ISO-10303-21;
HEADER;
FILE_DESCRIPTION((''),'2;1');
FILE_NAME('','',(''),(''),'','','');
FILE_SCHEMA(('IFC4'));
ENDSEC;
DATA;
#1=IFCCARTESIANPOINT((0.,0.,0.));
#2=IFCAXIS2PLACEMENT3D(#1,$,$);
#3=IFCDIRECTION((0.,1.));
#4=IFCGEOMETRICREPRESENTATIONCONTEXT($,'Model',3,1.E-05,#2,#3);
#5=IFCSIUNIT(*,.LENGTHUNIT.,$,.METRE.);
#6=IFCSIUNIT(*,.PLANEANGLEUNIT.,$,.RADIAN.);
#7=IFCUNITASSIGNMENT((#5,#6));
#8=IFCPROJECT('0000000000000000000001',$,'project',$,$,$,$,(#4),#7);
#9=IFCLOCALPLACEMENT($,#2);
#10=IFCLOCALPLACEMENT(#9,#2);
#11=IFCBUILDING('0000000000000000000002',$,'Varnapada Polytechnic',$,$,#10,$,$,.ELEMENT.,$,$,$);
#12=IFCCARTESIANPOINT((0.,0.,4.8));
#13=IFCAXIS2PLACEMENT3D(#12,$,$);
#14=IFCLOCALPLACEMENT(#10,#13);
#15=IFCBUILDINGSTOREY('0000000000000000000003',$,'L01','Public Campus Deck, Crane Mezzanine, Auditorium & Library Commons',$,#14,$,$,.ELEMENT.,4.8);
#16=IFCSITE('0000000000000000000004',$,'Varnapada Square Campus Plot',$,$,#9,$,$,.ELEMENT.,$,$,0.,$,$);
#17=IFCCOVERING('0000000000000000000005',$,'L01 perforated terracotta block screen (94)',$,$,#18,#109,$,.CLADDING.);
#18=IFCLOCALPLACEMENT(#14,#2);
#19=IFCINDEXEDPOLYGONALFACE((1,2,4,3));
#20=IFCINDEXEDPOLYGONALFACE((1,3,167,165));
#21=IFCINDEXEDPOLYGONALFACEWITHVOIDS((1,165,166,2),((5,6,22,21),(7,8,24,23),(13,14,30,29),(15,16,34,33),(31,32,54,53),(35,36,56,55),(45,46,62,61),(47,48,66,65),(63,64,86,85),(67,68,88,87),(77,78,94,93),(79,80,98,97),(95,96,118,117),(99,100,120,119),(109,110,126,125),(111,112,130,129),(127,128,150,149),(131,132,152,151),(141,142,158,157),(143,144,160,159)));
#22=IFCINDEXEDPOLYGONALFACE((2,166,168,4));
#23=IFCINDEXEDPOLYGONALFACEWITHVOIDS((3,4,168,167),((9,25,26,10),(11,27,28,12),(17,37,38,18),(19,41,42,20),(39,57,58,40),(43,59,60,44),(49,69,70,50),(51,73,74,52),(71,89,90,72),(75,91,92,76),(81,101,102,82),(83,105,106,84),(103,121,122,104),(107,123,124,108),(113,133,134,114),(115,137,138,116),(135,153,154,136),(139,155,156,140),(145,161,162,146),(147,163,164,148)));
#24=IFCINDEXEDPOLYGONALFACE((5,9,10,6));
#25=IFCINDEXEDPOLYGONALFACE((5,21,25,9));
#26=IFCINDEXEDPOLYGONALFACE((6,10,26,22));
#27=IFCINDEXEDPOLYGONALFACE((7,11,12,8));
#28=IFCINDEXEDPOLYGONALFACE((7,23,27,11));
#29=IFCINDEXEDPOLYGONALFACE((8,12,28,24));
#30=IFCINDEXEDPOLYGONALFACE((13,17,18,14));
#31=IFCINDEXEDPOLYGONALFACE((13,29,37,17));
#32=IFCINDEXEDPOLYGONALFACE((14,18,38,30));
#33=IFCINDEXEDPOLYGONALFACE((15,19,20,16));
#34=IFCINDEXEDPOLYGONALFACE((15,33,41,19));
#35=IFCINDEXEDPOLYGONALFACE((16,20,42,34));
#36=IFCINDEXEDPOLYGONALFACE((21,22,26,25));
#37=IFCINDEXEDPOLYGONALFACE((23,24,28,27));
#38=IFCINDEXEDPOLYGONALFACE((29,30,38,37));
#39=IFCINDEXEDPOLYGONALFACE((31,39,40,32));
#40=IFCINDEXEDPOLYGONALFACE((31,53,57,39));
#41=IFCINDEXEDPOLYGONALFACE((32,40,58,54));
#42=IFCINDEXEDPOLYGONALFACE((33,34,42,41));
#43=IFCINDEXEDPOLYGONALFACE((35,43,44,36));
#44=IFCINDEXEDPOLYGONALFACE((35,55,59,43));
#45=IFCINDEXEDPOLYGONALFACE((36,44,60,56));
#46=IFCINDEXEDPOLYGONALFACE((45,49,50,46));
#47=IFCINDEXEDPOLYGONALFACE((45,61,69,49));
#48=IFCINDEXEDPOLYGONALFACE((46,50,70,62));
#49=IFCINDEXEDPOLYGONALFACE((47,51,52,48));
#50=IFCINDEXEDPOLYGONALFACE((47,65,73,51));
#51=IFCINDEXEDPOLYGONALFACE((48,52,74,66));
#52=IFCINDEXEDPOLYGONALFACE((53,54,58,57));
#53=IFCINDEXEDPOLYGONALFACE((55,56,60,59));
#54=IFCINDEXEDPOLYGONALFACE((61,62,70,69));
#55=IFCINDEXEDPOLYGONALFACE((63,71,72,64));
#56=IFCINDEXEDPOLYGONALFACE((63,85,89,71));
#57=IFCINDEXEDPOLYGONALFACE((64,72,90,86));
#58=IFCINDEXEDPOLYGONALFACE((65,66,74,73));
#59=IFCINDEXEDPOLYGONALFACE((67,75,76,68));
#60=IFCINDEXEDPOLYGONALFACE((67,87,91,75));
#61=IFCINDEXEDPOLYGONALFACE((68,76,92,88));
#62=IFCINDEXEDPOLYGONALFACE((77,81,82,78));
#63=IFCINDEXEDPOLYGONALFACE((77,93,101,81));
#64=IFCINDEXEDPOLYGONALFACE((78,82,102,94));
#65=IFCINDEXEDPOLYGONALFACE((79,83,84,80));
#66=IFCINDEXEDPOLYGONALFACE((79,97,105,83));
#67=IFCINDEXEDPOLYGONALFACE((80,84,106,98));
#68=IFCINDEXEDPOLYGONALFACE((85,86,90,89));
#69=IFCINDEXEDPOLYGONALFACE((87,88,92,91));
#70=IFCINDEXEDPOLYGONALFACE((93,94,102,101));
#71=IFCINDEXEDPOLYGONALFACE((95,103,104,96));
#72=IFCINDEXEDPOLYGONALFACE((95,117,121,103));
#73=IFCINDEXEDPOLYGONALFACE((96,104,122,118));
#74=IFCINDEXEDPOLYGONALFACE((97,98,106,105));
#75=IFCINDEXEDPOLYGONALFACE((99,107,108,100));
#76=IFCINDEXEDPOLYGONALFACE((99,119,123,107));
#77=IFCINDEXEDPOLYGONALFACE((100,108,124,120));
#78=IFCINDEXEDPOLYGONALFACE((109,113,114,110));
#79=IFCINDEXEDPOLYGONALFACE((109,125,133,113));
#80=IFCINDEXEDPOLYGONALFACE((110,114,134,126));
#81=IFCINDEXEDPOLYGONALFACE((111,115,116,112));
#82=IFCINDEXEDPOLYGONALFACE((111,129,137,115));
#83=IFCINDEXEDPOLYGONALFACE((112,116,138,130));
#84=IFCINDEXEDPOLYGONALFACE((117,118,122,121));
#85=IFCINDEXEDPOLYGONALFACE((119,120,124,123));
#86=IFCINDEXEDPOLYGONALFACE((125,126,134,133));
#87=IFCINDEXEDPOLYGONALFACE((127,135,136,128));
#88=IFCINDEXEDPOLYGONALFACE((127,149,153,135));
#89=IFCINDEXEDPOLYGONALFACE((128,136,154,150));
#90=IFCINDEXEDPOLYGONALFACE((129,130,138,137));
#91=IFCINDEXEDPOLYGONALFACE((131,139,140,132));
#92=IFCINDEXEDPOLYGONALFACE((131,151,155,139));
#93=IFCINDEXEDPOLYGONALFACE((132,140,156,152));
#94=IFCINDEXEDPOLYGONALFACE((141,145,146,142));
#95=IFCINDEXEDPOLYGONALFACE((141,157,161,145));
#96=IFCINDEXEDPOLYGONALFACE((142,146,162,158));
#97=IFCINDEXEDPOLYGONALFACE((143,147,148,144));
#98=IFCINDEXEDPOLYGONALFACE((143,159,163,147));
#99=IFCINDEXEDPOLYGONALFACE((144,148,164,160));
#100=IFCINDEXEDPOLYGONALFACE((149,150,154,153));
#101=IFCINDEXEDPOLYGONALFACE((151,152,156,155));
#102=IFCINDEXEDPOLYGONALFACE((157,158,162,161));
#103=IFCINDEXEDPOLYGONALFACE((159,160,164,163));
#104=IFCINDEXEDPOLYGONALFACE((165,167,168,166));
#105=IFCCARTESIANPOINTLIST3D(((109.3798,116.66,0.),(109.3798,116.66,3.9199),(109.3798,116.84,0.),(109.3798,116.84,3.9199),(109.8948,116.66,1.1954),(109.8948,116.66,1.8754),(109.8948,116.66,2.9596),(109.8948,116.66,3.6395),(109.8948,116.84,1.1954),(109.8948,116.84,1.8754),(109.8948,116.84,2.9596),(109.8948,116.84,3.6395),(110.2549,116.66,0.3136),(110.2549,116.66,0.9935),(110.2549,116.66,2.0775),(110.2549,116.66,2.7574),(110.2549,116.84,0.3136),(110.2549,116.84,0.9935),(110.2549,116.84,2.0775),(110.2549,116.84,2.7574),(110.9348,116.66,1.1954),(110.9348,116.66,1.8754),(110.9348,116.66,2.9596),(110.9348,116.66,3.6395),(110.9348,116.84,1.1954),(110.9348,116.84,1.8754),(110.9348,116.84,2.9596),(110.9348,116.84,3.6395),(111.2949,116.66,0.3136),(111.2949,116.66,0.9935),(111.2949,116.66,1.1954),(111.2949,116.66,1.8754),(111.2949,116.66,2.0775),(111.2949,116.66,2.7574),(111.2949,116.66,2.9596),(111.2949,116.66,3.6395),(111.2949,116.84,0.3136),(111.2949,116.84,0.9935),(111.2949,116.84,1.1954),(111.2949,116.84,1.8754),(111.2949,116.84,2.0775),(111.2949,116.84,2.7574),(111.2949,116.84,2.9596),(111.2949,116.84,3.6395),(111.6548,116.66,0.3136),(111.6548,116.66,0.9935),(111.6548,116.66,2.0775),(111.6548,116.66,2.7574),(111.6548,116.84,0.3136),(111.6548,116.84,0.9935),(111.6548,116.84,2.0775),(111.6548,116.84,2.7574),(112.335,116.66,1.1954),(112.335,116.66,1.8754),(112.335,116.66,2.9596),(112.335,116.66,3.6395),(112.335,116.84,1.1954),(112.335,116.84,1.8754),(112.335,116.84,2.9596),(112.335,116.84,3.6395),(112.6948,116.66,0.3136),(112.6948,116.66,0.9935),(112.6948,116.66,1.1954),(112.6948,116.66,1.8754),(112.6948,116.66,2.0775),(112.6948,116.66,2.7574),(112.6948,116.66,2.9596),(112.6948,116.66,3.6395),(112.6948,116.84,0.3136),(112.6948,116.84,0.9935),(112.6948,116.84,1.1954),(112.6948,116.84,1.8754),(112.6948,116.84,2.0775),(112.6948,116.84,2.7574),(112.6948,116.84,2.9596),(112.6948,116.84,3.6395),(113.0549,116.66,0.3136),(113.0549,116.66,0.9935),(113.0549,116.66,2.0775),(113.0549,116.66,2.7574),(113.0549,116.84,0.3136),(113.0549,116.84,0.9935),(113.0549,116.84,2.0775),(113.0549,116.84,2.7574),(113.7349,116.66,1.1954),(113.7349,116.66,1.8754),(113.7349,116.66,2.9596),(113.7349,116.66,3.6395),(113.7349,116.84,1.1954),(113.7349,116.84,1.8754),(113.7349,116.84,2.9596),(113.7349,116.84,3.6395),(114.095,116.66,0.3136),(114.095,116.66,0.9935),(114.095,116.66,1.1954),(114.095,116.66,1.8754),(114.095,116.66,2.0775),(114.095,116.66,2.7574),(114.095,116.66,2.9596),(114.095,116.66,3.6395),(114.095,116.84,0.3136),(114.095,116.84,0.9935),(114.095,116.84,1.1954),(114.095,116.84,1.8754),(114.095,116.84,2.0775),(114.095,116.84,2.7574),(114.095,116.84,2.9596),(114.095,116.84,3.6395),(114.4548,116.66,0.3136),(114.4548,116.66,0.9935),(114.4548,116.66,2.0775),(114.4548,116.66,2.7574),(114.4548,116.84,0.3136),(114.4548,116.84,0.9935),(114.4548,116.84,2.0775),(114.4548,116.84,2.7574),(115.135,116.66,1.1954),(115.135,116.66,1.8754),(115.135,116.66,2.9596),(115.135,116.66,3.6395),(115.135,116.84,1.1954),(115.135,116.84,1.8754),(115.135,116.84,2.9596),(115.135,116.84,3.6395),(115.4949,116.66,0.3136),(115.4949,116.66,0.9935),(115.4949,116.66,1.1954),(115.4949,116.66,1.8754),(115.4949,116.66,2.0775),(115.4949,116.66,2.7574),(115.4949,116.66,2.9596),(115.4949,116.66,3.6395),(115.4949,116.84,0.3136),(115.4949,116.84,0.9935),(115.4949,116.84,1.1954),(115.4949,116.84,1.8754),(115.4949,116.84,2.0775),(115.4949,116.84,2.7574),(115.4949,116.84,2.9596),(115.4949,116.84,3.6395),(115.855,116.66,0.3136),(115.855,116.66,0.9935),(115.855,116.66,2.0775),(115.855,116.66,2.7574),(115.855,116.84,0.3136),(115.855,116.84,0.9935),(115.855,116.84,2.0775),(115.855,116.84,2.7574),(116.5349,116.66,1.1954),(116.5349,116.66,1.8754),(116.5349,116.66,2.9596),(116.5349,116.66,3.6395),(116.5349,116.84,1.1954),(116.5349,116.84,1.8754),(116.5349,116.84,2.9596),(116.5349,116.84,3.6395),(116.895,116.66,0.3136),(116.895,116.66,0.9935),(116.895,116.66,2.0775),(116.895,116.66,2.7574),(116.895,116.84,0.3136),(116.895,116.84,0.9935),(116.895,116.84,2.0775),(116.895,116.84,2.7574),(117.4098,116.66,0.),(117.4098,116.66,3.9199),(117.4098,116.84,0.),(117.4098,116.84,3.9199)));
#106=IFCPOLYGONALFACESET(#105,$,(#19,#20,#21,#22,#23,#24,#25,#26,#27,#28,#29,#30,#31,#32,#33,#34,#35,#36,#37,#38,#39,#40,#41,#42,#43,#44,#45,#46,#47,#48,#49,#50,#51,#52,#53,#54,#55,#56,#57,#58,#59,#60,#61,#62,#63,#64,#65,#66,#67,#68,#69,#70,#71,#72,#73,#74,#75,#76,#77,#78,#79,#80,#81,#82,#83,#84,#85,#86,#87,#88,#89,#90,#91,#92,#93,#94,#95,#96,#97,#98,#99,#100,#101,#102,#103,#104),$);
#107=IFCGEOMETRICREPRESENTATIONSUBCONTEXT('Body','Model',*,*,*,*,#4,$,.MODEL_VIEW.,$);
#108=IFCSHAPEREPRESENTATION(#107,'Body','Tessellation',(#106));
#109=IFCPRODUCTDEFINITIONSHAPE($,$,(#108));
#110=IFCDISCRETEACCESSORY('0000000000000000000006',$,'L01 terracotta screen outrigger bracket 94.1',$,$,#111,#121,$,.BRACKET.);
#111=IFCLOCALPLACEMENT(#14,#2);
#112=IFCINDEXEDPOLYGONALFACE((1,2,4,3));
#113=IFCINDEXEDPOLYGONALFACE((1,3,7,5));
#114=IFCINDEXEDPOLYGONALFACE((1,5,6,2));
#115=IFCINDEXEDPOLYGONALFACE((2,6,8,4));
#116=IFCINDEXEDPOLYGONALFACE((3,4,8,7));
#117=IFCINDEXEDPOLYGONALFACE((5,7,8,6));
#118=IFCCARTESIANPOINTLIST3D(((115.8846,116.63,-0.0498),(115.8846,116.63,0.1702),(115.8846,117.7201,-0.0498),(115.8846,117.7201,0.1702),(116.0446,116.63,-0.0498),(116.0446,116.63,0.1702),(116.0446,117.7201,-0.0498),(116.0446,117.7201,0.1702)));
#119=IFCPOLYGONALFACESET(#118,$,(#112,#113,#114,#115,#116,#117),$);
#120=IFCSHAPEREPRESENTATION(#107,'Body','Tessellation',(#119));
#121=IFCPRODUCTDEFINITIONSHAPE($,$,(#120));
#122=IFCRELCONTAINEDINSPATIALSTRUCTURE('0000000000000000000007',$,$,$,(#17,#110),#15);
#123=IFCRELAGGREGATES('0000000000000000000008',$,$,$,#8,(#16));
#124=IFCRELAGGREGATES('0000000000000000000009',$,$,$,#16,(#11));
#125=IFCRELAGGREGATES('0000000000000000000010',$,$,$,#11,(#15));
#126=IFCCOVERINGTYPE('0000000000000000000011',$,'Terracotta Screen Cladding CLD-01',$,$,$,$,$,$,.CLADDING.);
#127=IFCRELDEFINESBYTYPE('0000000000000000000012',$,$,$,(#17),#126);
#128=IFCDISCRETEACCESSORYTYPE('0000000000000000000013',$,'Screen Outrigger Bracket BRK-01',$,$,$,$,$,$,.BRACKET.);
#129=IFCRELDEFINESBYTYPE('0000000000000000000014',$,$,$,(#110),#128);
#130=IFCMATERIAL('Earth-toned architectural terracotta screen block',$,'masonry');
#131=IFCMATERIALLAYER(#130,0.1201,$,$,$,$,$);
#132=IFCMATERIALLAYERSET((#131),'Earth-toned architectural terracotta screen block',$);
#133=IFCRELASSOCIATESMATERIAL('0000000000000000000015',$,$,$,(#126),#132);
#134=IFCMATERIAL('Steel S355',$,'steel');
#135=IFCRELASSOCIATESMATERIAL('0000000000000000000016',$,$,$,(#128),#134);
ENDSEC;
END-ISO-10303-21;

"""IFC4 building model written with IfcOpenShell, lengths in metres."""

from ifc_helpers import new_model, si_unit, direction, frame, frame_2d, origin, origin_2d, place, context, subcontext, project, spatial, rectangle, extrude, material, layer, layer_set, type_object, element, save


model = new_model("IFC4")

# Units and contexts
model_context = context("Model", 3, precision=1e-05, world=origin(), true_north=direction((0.0, 1.0)))
body_context = subcontext(model_context, "Body", "Model", "MODEL_VIEW")
ifc_project = project(units=[si_unit("LENGTHUNIT", "METRE"), si_unit("PLANEANGLEUNIT", "RADIAN")], contexts=[model_context])

# Site, building, storey
site_placement = place(None, origin())
site = spatial("IfcSite", under=ifc_project, at=site_placement, Name="Varnapada Square Campus Plot", CompositionType="ELEMENT", RefElevation=0.0)
building_placement = place(site_placement, origin())
building = spatial("IfcBuilding", under=site, at=building_placement, Name="Varnapada Polytechnic", CompositionType="ELEMENT")
storey_placement = place(building_placement, frame((0.0, 0.0, 4.8)))
storey = spatial("IfcBuildingStorey", under=building, at=storey_placement, Name="L01", Description="Public Campus Deck, Crane Mezzanine, Auditorium & Library Commons", CompositionType="ELEMENT", Elevation=4.8)

# Covering, openings
ifc_material_1 = material(Name="Earth-toned architectural terracotta screen block", Category="masonry")
ifc_layer_1 = layer(ifc_material_1, 0.1201)
ifc_layer_set_1 = layer_set([ifc_layer_1], Name="Earth-toned architectural terracotta screen block")
covering_type = type_object("IfcCoveringType", Name="Terracotta Screen Cladding CLD-01", PredefinedType="CLADDING", material=ifc_layer_set_1)
covering_placement = place(storey_placement, frame((117.4099, 116.75, 0.0), z_axis=(0.0, 0.0, 1.0), x_axis=(-1.0, 0.0, 0.0)))
covering = element("IfcCovering", 1, at=covering_placement, inside=storey, type_object=covering_type, Name="L01 perforated terracotta block screen (94)", PredefinedType="CLADDING", context=body_context, shape_type="SweptSolid", body=[
    extrude(rectangle(XDim=8.03, YDim=0.1799, at=frame_2d((4.0151, 0.0))), origin(), (0.0, 0.0, 1.0), 3.9199),
])
opening_1_placement = place(covering_placement, frame((0.5149, 0.0, 0.3137)))
element("IfcOpeningElement", 2, at=opening_1_placement, cuts=covering, PredefinedType="OPENING", context=body_context, shape_type="SweptSolid", body=[
    extrude(rectangle(XDim=1.04, YDim=0.6799, at=frame_2d((0.52, 0.3398))), frame((0.0, 0.0999, 0.0), z_axis=(0.0, -1.0, 0.0), x_axis=(1.0, 0.0, 0.0)), (0.0, 0.0, 1.0), 0.2),
])
opening_2_placement = place(covering_placement, frame((1.915, 0.0, 0.3137)))
element("IfcOpeningElement", 3, at=opening_2_placement, cuts=covering, PredefinedType="OPENING", context=body_context, shape_type="SweptSolid", body=[
    extrude(rectangle(XDim=1.04, YDim=0.6799, at=frame_2d((0.52, 0.3398))), frame((0.0, 0.0999, 0.0), z_axis=(0.0, -1.0, 0.0), x_axis=(1.0, 0.0, 0.0)), (0.0, 0.0, 1.0), 0.2),
])
opening_3_placement = place(covering_placement, frame((3.3149, 0.0, 0.3137)))
element("IfcOpeningElement", 4, at=opening_3_placement, cuts=covering, PredefinedType="OPENING", context=body_context, shape_type="SweptSolid", body=[
    extrude(rectangle(XDim=1.04, YDim=0.6799, at=frame_2d((0.52, 0.3398))), frame((0.0, 0.0999, 0.0), z_axis=(0.0, -1.0, 0.0), x_axis=(1.0, 0.0, 0.0)), (0.0, 0.0, 1.0), 0.2),
])
opening_4_placement = place(covering_placement, frame((4.7151, 0.0, 0.3137)))
element("IfcOpeningElement", 5, at=opening_4_placement, cuts=covering, PredefinedType="OPENING", context=body_context, shape_type="SweptSolid", body=[
    extrude(rectangle(XDim=1.04, YDim=0.6799, at=frame_2d((0.52, 0.3398))), frame((0.0, 0.0999, 0.0), z_axis=(0.0, -1.0, 0.0), x_axis=(1.0, 0.0, 0.0)), (0.0, 0.0, 1.0), 0.2),
])
opening_5_placement = place(covering_placement, frame((6.115, 0.0, 0.3137)))
element("IfcOpeningElement", 6, at=opening_5_placement, cuts=covering, PredefinedType="OPENING", context=body_context, shape_type="SweptSolid", body=[
    extrude(rectangle(XDim=1.04, YDim=0.6799, at=frame_2d((0.52, 0.3398))), frame((0.0, 0.0999, 0.0), z_axis=(0.0, -1.0, 0.0), x_axis=(1.0, 0.0, 0.0)), (0.0, 0.0, 1.0), 0.2),
])
opening_6_placement = place(covering_placement, frame((0.875, 0.0, 1.1956)))
element("IfcOpeningElement", 7, at=opening_6_placement, cuts=covering, PredefinedType="OPENING", context=body_context, shape_type="SweptSolid", body=[
    extrude(rectangle(XDim=1.04, YDim=0.6799, at=frame_2d((0.52, 0.3398))), frame((0.0, 0.0999, 0.0), z_axis=(0.0, -1.0, 0.0), x_axis=(1.0, 0.0, 0.0)), (0.0, 0.0, 1.0), 0.2),
])
opening_7_placement = place(covering_placement, frame((2.2749, 0.0, 1.1956)))
element("IfcOpeningElement", 8, at=opening_7_placement, cuts=covering, PredefinedType="OPENING", context=body_context, shape_type="SweptSolid", body=[
    extrude(rectangle(XDim=1.04, YDim=0.6799, at=frame_2d((0.52, 0.3398))), frame((0.0, 0.0999, 0.0), z_axis=(0.0, -1.0, 0.0), x_axis=(1.0, 0.0, 0.0)), (0.0, 0.0, 1.0), 0.2),
])
opening_8_placement = place(covering_placement, frame((3.675, 0.0, 1.1956)))
element("IfcOpeningElement", 9, at=opening_8_placement, cuts=covering, PredefinedType="OPENING", context=body_context, shape_type="SweptSolid", body=[
    extrude(rectangle(XDim=1.04, YDim=0.6799, at=frame_2d((0.52, 0.3398))), frame((0.0, 0.0999, 0.0), z_axis=(0.0, -1.0, 0.0), x_axis=(1.0, 0.0, 0.0)), (0.0, 0.0, 1.0), 0.2),
])
opening_9_placement = place(covering_placement, frame((5.075, 0.0, 1.1956)))
element("IfcOpeningElement", 10, at=opening_9_placement, cuts=covering, PredefinedType="OPENING", context=body_context, shape_type="SweptSolid", body=[
    extrude(rectangle(XDim=1.04, YDim=0.6799, at=frame_2d((0.52, 0.3398))), frame((0.0, 0.0999, 0.0), z_axis=(0.0, -1.0, 0.0), x_axis=(1.0, 0.0, 0.0)), (0.0, 0.0, 1.0), 0.2),
])
opening_10_placement = place(covering_placement, frame((6.4751, 0.0, 1.1956)))
element("IfcOpeningElement", 11, at=opening_10_placement, cuts=covering, PredefinedType="OPENING", context=body_context, shape_type="SweptSolid", body=[
    extrude(rectangle(XDim=1.04, YDim=0.6799, at=frame_2d((0.52, 0.3398))), frame((0.0, 0.0999, 0.0), z_axis=(0.0, -1.0, 0.0), x_axis=(1.0, 0.0, 0.0)), (0.0, 0.0, 1.0), 0.2),
])
opening_11_placement = place(covering_placement, frame((0.5149, 0.0, 2.0776)))
element("IfcOpeningElement", 12, at=opening_11_placement, cuts=covering, PredefinedType="OPENING", context=body_context, shape_type="SweptSolid", body=[
    extrude(rectangle(XDim=1.04, YDim=0.6799, at=frame_2d((0.52, 0.3398))), frame((0.0, 0.0999, 0.0), z_axis=(0.0, -1.0, 0.0), x_axis=(1.0, 0.0, 0.0)), (0.0, 0.0, 1.0), 0.2),
])
opening_12_placement = place(covering_placement, frame((1.915, 0.0, 2.0776)))
element("IfcOpeningElement", 13, at=opening_12_placement, cuts=covering, PredefinedType="OPENING", context=body_context, shape_type="SweptSolid", body=[
    extrude(rectangle(XDim=1.04, YDim=0.6799, at=frame_2d((0.52, 0.3398))), frame((0.0, 0.0999, 0.0), z_axis=(0.0, -1.0, 0.0), x_axis=(1.0, 0.0, 0.0)), (0.0, 0.0, 1.0), 0.2),
])
opening_13_placement = place(covering_placement, frame((3.3149, 0.0, 2.0776)))
element("IfcOpeningElement", 14, at=opening_13_placement, cuts=covering, PredefinedType="OPENING", context=body_context, shape_type="SweptSolid", body=[
    extrude(rectangle(XDim=1.04, YDim=0.6799, at=frame_2d((0.52, 0.3398))), frame((0.0, 0.0999, 0.0), z_axis=(0.0, -1.0, 0.0), x_axis=(1.0, 0.0, 0.0)), (0.0, 0.0, 1.0), 0.2),
])
opening_14_placement = place(covering_placement, frame((4.7151, 0.0, 2.0776)))
element("IfcOpeningElement", 15, at=opening_14_placement, cuts=covering, PredefinedType="OPENING", context=body_context, shape_type="SweptSolid", body=[
    extrude(rectangle(XDim=1.04, YDim=0.6799, at=frame_2d((0.52, 0.3398))), frame((0.0, 0.0999, 0.0), z_axis=(0.0, -1.0, 0.0), x_axis=(1.0, 0.0, 0.0)), (0.0, 0.0, 1.0), 0.2),
])
opening_15_placement = place(covering_placement, frame((6.115, 0.0, 2.0776)))
element("IfcOpeningElement", 16, at=opening_15_placement, cuts=covering, PredefinedType="OPENING", context=body_context, shape_type="SweptSolid", body=[
    extrude(rectangle(XDim=1.04, YDim=0.6799, at=frame_2d((0.52, 0.3398))), frame((0.0, 0.0999, 0.0), z_axis=(0.0, -1.0, 0.0), x_axis=(1.0, 0.0, 0.0)), (0.0, 0.0, 1.0), 0.2),
])
opening_16_placement = place(covering_placement, frame((0.875, 0.0, 2.9597)))
element("IfcOpeningElement", 17, at=opening_16_placement, cuts=covering, PredefinedType="OPENING", context=body_context, shape_type="SweptSolid", body=[
    extrude(rectangle(XDim=1.04, YDim=0.6799, at=frame_2d((0.52, 0.3398))), frame((0.0, 0.0999, 0.0), z_axis=(0.0, -1.0, 0.0), x_axis=(1.0, 0.0, 0.0)), (0.0, 0.0, 1.0), 0.2),
])
opening_17_placement = place(covering_placement, frame((2.2749, 0.0, 2.9597)))
element("IfcOpeningElement", 18, at=opening_17_placement, cuts=covering, PredefinedType="OPENING", context=body_context, shape_type="SweptSolid", body=[
    extrude(rectangle(XDim=1.04, YDim=0.6799, at=frame_2d((0.52, 0.3398))), frame((0.0, 0.0999, 0.0), z_axis=(0.0, -1.0, 0.0), x_axis=(1.0, 0.0, 0.0)), (0.0, 0.0, 1.0), 0.2),
])
opening_18_placement = place(covering_placement, frame((3.675, 0.0, 2.9597)))
element("IfcOpeningElement", 19, at=opening_18_placement, cuts=covering, PredefinedType="OPENING", context=body_context, shape_type="SweptSolid", body=[
    extrude(rectangle(XDim=1.04, YDim=0.6799, at=frame_2d((0.52, 0.3398))), frame((0.0, 0.0999, 0.0), z_axis=(0.0, -1.0, 0.0), x_axis=(1.0, 0.0, 0.0)), (0.0, 0.0, 1.0), 0.2),
])
opening_19_placement = place(covering_placement, frame((5.075, 0.0, 2.9597)))
element("IfcOpeningElement", 20, at=opening_19_placement, cuts=covering, PredefinedType="OPENING", context=body_context, shape_type="SweptSolid", body=[
    extrude(rectangle(XDim=1.04, YDim=0.6799, at=frame_2d((0.52, 0.3398))), frame((0.0, 0.0999, 0.0), z_axis=(0.0, -1.0, 0.0), x_axis=(1.0, 0.0, 0.0)), (0.0, 0.0, 1.0), 0.2),
])
opening_20_placement = place(covering_placement, frame((6.4751, 0.0, 2.9597)))
element("IfcOpeningElement", 21, at=opening_20_placement, cuts=covering, PredefinedType="OPENING", context=body_context, shape_type="SweptSolid", body=[
    extrude(rectangle(XDim=1.04, YDim=0.6799, at=frame_2d((0.52, 0.3398))), frame((0.0, 0.0999, 0.0), z_axis=(0.0, -1.0, 0.0), x_axis=(1.0, 0.0, 0.0)), (0.0, 0.0, 1.0), 0.2),
])

# Discrete accessory
ifc_material_2 = material(Name="Steel S355", Category="steel")
discrete_accessory_type = type_object("IfcDiscreteAccessoryType", Name="Screen Outrigger Bracket BRK-01", PredefinedType="BRACKET", material=ifc_material_2)
discrete_accessory_placement = place(storey_placement, frame((115.9646, 117.175, -0.0498), z_axis=(0.0, 0.0, 1.0), x_axis=(-1.0, 0.0, 0.0)))
element("IfcDiscreteAccessory", 22, at=discrete_accessory_placement, inside=storey, type_object=discrete_accessory_type, Name="L01 terracotta screen outrigger bracket 94.1", PredefinedType="BRACKET", context=body_context, shape_type="SweptSolid", body=[
    extrude(rectangle(XDim=0.1599, YDim=1.0901, at=origin_2d()), origin(), (0.0, 0.0, 1.0), 0.22),
])

save(model, "model.ifc")
